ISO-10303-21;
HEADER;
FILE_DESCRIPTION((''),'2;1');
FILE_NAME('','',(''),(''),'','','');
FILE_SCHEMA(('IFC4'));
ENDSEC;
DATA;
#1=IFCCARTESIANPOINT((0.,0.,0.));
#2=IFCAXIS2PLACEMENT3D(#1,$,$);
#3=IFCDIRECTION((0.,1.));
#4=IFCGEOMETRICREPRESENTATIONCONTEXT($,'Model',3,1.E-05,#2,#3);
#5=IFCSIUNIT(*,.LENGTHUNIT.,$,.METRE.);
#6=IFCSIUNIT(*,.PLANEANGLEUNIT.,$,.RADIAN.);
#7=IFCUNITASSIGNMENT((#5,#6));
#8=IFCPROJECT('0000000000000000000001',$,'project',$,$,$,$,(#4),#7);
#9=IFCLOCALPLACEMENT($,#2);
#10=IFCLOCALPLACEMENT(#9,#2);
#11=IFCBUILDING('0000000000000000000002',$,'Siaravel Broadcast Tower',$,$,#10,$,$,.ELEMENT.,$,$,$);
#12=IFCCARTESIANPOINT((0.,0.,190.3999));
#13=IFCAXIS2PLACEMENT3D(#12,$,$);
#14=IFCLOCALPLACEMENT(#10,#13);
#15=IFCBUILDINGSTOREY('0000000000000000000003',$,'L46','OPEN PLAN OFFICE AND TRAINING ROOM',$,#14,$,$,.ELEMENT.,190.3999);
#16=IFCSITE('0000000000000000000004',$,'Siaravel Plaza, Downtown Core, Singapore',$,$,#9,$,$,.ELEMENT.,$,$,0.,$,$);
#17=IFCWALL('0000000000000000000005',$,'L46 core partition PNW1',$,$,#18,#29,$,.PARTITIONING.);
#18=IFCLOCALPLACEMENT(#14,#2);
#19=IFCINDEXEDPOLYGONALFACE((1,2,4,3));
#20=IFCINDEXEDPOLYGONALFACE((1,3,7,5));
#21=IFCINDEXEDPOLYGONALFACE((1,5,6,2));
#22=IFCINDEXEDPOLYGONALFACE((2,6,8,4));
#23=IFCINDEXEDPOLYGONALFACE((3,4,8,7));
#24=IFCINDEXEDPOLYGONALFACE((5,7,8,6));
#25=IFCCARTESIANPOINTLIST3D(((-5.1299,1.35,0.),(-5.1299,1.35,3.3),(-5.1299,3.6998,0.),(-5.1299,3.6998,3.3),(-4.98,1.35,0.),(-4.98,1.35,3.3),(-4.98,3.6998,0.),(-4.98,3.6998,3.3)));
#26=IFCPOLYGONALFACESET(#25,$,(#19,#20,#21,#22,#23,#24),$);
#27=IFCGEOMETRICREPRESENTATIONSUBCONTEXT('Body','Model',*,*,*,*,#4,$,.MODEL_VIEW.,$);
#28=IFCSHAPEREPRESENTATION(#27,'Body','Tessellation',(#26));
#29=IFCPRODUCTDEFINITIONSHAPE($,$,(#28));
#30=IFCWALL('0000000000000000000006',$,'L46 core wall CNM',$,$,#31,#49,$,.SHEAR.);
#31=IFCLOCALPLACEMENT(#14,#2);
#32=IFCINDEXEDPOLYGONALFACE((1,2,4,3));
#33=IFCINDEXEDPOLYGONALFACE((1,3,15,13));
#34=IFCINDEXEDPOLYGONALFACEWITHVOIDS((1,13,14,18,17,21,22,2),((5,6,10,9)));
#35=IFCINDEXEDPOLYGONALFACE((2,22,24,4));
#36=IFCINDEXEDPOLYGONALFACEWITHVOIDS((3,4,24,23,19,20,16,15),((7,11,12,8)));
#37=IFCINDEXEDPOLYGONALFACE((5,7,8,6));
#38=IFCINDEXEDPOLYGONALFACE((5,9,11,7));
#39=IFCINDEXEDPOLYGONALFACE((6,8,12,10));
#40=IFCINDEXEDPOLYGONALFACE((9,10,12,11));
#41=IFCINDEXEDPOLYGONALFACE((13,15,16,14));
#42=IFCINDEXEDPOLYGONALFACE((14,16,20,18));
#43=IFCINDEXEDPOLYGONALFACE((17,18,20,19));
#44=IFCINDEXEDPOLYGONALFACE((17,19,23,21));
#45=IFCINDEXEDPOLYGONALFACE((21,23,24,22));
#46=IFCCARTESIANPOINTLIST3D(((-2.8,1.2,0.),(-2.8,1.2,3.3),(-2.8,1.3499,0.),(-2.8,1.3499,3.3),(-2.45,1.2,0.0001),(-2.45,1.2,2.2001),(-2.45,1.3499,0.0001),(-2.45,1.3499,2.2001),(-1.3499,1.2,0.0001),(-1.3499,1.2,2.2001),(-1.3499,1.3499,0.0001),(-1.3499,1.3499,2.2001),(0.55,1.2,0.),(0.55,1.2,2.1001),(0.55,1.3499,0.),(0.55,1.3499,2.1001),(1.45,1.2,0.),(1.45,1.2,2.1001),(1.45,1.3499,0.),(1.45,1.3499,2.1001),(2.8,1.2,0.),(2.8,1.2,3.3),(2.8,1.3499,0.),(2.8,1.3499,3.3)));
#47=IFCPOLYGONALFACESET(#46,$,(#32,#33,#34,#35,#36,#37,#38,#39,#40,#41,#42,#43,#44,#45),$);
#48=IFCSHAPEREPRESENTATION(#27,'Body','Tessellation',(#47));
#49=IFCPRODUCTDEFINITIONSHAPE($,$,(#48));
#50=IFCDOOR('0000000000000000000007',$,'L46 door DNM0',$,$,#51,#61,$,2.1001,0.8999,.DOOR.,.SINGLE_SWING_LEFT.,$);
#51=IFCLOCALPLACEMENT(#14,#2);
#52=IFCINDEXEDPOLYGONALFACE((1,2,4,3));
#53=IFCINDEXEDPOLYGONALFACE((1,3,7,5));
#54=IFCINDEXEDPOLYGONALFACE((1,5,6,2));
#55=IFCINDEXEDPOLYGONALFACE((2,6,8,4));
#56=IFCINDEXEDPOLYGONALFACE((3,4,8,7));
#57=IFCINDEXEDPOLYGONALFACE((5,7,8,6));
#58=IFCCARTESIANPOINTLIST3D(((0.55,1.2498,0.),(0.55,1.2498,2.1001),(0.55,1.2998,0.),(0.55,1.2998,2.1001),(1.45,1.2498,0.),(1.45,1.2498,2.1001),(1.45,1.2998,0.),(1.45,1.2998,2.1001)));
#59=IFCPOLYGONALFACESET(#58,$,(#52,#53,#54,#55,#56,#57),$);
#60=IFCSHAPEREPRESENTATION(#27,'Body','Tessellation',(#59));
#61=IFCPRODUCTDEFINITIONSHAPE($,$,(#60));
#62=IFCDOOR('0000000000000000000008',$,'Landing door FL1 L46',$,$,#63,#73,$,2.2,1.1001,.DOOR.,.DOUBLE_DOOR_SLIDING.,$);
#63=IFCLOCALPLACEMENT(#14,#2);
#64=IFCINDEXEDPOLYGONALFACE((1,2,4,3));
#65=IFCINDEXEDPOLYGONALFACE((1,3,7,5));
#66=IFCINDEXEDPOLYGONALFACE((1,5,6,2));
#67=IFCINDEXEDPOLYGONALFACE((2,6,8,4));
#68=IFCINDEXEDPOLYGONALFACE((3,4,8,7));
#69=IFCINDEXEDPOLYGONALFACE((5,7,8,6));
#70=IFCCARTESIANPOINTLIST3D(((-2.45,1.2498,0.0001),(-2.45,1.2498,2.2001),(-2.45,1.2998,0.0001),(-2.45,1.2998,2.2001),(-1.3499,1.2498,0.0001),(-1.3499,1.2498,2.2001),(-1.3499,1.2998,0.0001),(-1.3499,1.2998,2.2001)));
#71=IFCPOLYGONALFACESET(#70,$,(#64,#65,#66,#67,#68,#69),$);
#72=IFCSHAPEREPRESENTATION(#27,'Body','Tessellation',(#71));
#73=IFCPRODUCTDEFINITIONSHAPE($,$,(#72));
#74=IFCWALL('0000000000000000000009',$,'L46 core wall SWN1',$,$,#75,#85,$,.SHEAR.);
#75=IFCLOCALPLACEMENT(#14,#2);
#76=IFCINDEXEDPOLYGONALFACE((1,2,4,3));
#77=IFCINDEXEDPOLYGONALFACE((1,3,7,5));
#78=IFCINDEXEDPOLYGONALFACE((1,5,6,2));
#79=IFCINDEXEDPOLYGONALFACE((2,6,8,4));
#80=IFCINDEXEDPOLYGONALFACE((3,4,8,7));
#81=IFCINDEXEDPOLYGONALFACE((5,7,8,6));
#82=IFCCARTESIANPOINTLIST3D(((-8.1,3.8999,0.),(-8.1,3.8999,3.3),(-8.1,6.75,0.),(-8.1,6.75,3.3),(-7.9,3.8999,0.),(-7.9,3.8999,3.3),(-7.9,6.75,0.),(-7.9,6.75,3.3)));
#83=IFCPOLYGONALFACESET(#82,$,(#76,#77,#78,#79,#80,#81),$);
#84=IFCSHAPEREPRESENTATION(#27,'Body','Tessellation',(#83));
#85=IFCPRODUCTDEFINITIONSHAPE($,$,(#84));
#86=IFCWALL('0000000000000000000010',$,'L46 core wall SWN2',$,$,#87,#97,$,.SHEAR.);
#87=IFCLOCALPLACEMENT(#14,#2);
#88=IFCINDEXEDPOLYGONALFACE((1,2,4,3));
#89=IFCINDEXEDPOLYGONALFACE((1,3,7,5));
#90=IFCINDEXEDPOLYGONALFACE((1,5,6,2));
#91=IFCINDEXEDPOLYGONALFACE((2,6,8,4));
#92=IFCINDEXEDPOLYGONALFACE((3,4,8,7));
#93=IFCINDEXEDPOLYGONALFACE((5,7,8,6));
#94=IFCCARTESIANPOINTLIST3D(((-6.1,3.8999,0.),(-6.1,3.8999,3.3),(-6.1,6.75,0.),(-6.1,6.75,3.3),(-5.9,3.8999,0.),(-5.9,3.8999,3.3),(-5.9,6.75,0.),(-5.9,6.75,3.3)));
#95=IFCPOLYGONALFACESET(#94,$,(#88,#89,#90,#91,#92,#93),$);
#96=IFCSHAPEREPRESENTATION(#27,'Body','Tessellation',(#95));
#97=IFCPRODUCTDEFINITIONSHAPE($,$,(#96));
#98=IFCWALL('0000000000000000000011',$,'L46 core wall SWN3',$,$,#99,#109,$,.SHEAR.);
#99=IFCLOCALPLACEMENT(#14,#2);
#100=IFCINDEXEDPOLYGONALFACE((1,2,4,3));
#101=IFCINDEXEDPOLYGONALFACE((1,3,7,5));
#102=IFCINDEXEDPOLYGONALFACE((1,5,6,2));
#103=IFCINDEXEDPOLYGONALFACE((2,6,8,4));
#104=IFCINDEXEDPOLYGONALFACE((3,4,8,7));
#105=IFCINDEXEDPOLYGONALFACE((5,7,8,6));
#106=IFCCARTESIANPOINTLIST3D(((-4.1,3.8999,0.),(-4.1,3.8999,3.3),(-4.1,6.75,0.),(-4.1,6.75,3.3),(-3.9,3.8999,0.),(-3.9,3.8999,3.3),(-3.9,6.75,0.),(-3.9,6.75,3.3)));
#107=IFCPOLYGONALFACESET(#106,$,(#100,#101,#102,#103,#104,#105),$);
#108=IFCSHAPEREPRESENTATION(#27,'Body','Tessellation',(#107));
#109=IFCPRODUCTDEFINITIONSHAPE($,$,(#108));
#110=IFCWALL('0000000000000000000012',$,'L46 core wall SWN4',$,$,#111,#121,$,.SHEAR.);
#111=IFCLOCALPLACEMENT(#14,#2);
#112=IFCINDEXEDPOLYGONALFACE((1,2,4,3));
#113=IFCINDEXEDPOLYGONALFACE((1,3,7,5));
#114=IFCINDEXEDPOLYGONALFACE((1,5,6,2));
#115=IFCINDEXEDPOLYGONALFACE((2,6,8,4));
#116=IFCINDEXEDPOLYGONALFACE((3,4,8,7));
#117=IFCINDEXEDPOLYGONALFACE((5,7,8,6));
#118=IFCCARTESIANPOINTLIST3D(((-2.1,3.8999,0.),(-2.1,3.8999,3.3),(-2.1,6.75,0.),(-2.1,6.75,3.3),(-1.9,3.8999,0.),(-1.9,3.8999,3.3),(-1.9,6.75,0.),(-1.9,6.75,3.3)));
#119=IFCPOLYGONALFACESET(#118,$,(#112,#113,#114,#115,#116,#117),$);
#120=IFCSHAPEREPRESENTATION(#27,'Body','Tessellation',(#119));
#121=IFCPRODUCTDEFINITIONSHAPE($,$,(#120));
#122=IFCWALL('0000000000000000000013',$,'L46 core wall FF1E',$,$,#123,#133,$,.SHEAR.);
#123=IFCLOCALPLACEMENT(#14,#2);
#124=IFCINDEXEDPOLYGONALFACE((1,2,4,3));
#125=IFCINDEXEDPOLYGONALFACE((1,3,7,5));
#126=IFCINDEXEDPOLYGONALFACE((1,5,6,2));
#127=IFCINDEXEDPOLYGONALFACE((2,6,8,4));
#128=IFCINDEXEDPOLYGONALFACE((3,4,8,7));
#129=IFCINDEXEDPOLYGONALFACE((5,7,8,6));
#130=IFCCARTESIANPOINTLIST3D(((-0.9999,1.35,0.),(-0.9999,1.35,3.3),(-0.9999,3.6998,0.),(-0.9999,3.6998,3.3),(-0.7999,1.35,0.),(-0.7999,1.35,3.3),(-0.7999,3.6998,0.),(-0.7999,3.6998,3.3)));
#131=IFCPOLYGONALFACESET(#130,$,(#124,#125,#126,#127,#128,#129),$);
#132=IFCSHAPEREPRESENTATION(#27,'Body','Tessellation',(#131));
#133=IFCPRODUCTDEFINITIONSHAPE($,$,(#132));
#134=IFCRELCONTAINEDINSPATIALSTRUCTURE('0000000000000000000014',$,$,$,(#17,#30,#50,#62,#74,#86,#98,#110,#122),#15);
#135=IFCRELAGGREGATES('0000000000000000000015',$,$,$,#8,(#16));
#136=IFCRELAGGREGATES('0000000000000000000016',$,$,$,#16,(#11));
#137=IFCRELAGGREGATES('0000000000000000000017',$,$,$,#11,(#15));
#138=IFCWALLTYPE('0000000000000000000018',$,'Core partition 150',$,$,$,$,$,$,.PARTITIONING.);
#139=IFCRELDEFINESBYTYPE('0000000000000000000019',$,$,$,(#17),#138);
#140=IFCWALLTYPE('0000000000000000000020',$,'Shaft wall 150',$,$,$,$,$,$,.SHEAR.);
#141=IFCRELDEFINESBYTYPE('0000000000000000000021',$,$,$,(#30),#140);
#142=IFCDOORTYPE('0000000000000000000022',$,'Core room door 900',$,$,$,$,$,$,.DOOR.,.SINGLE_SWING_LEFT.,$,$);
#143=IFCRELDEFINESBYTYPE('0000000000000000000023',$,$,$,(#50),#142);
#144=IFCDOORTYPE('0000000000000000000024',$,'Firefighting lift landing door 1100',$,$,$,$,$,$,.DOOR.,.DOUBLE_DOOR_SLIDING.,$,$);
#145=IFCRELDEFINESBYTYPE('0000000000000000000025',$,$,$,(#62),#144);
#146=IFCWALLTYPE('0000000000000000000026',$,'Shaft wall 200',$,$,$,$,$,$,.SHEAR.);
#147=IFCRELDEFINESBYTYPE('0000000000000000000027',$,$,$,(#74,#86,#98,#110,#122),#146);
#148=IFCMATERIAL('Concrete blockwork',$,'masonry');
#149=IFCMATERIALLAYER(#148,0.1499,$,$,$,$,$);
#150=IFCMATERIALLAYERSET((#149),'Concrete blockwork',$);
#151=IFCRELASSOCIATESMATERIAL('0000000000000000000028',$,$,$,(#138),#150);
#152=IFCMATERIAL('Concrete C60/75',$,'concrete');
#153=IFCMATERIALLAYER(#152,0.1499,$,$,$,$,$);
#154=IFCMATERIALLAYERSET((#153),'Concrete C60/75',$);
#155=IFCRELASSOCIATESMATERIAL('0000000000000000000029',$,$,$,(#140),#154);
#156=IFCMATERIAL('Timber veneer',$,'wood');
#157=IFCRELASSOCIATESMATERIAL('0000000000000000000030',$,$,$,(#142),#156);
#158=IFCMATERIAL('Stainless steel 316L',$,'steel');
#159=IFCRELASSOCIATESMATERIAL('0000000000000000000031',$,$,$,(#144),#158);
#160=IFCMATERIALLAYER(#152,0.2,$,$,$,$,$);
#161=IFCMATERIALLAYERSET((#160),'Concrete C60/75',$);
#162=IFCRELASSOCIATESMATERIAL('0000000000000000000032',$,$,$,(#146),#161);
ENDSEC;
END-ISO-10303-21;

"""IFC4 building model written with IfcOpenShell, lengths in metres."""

from ifc_helpers import new_model, si_unit, direction, frame, frame_2d, origin, place, context, subcontext, project, spatial, rectangle, extrude, material, layer, layer_set, type_object, element, fill, save


model = new_model("IFC4")

# Units and contexts
model_context = context("Model", 3, precision=1e-05, world=origin(), true_north=direction((0.0, 1.0)))
body_context = subcontext(model_context, "Body", "Model", "MODEL_VIEW")
ifc_project = project(units=[si_unit("LENGTHUNIT", "METRE"), si_unit("PLANEANGLEUNIT", "RADIAN")], contexts=[model_context])

# Site, building, storey
site_placement = place(None, origin())
site = spatial("IfcSite", under=ifc_project, at=site_placement, Name="Siaravel Plaza, Downtown Core, Singapore", CompositionType="ELEMENT", RefElevation=0.0)
building_placement = place(site_placement, origin())
building = spatial("IfcBuilding", under=site, at=building_placement, Name="Siaravel Broadcast Tower", CompositionType="ELEMENT")
storey_placement = place(building_placement, frame((0.0, 0.0, 190.3999)))
storey = spatial("IfcBuildingStorey", under=building, at=storey_placement, Name="L46", Description="OPEN PLAN OFFICE AND TRAINING ROOM", CompositionType="ELEMENT", Elevation=190.3999)

# Wall
ifc_material_1 = material(Name="Concrete blockwork", Category="masonry")
ifc_layer_1 = layer(ifc_material_1, 0.1499)
ifc_layer_set_1 = layer_set([ifc_layer_1], Name="Concrete blockwork")
wall_type_1 = type_object("IfcWallType", Name="Core partition 150", PredefinedType="PARTITIONING", material=ifc_layer_set_1)
wall_1_placement = place(storey_placement, frame((-5.0549, 1.3501, 0.0), z_axis=(0.0, 0.0, 1.0), x_axis=(0.0, 1.0, 0.0)))
element("IfcWall", 1, at=wall_1_placement, inside=storey, type_object=wall_type_1, Name="L46 core partition PNW1", PredefinedType="PARTITIONING", context=body_context, shape_type="SweptSolid", body=[
    extrude(rectangle(XDim=2.3499, YDim=0.1499, at=frame_2d((1.1748, 0.0))), origin(), (0.0, 0.0, 1.0), 3.3),
])

# Wall, openings, doors
ifc_material_2 = material(Name="Concrete C60/75", Category="concrete")
ifc_layer_2 = layer(ifc_material_2, 0.1499)
ifc_layer_set_2 = layer_set([ifc_layer_2], Name="Concrete C60/75")
wall_type_2 = type_object("IfcWallType", Name="Shaft wall 150", PredefinedType="SHEAR", material=ifc_layer_set_2)
wall_2_placement = place(storey_placement, frame((-2.8, 1.2749, 0.0), z_axis=(0.0, 0.0, 1.0), x_axis=(1.0, 0.0, 0.0)))
wall_2 = element("IfcWall", 2, at=wall_2_placement, inside=storey, type_object=wall_type_2, Name="L46 core wall CNM", PredefinedType="SHEAR", context=body_context, shape_type="SweptSolid", body=[
    extrude(rectangle(XDim=5.6001, YDim=0.1499, at=frame_2d((2.8, 0.0))), origin(), (0.0, 0.0, 1.0), 3.3),
])
opening_1_placement = place(wall_2_placement, frame((0.3501, 0.0, 0.0)))
opening_1 = element("IfcOpeningElement", 3, at=opening_1_placement, cuts=wall_2, PredefinedType="OPENING", context=body_context, shape_type="SweptSolid", body=[
    extrude(rectangle(XDim=1.1001, YDim=2.2, at=frame_2d((0.55, 1.1001))), frame((0.0, 0.085, 0.0), z_axis=(0.0, -1.0, 0.0), x_axis=(1.0, 0.0, 0.0)), (0.0, 0.0, 1.0), 0.1699),
])
opening_2_placement = place(wall_2_placement, frame((3.3501, 0.0, 0.0)))
opening_2 = element("IfcOpeningElement", 4, at=opening_2_placement, cuts=wall_2, PredefinedType="OPENING", context=body_context, shape_type="SweptSolid", body=[
    extrude(rectangle(XDim=0.8999, YDim=2.1001, at=frame_2d((0.45, 1.05))), frame((0.0, 0.085, 0.0), z_axis=(0.0, -1.0, 0.0), x_axis=(1.0, 0.0, 0.0)), (0.0, 0.0, 1.0), 0.1699),
])
ifc_material_3 = material(Name="Timber veneer", Category="wood")
door_type_1 = type_object("IfcDoorType", Name="Core room door 900", OperationType="SINGLE_SWING_LEFT", PredefinedType="DOOR", material=ifc_material_3)
door_1_placement = place(opening_2_placement, origin())
door_1 = element("IfcDoor", 5, at=door_1_placement, inside=storey, type_object=door_type_1, Name="L46 door DNM0", OperationType="SINGLE_SWING_LEFT", OverallHeight=2.1001, OverallWidth=0.8999, PredefinedType="DOOR", context=body_context, shape_type="SweptSolid", body=[
    extrude(rectangle(XDim=0.8999, YDim=2.1001, at=frame_2d((0.45, 1.05))), frame((0.0, 0.0249, 0.0), z_axis=(0.0, -1.0, 0.0), x_axis=(1.0, 0.0, 0.0)), (0.0, 0.0, 1.0), 0.05),
])
fill(opening_2, door_1)
ifc_material_4 = material(Name="Stainless steel 316L", Category="steel")
door_type_2 = type_object("IfcDoorType", Name="Firefighting lift landing door 1100", OperationType="DOUBLE_DOOR_SLIDING", PredefinedType="DOOR", material=ifc_material_4)
door_2_placement = place(opening_1_placement, origin())
door_2 = element("IfcDoor", 6, at=door_2_placement, inside=storey, type_object=door_type_2, Name="Landing door FL1 L46", OperationType="DOUBLE_DOOR_SLIDING", OverallHeight=2.2, OverallWidth=1.1001, PredefinedType="DOOR", context=body_context, shape_type="SweptSolid", body=[
    extrude(rectangle(XDim=1.1001, YDim=2.2, at=frame_2d((0.55, 1.1001))), frame((0.0, 0.0249, 0.0), z_axis=(0.0, -1.0, 0.0), x_axis=(1.0, 0.0, 0.0)), (0.0, 0.0, 1.0), 0.05),
])
fill(opening_1, door_2)

# Walls
ifc_layer_3 = layer(ifc_material_2, 0.2)
ifc_layer_set_3 = layer_set([ifc_layer_3], Name="Concrete C60/75")
wall_type_3 = type_object("IfcWallType", Name="Shaft wall 200", PredefinedType="SHEAR", material=ifc_layer_set_3)
for number, where, z_axis, x_axis, name in (
    (7, (-8.0, 3.8999, 0.0), (0.0, 0.0, 1.0), (0.0, 1.0, 0.0), "L46 core wall SWN1"),
    (8, (-6.0, 3.8999, 0.0), (0.0, 0.0, 1.0), (0.0, 1.0, 0.0), "L46 core wall SWN2"),
    (9, (-4.0, 3.8999, 0.0), (0.0, 0.0, 1.0), (0.0, 1.0, 0.0), "L46 core wall SWN3"),
    (10, (-2.0, 3.8999, 0.0), (0.0, 0.0, 1.0), (0.0, 1.0, 0.0), "L46 core wall SWN4"),
):
    element("IfcWall", number, at=place(storey_placement, frame(where, z_axis=z_axis, x_axis=x_axis)), inside=storey, type_object=wall_type_3, Name=name, PredefinedType="SHEAR", context=body_context, shape_type="SweptSolid", body=[
        extrude(rectangle(XDim=2.8501, YDim=0.2, at=frame_2d((1.425, 0.0))), origin(), (0.0, 0.0, 1.0), 3.3),
    ])
wall_3_placement = place(storey_placement, frame((-0.8999, 1.3501, 0.0), z_axis=(0.0, 0.0, 1.0), x_axis=(0.0, 1.0, 0.0)))
element("IfcWall", 11, at=wall_3_placement, inside=storey, type_object=wall_type_3, Name="L46 core wall FF1E", PredefinedType="SHEAR", context=body_context, shape_type="SweptSolid", body=[
    extrude(rectangle(XDim=2.3499, YDim=0.2, at=frame_2d((1.1748, 0.0))), origin(), (0.0, 0.0, 1.0), 3.3),
])

save(model, "model.ifc")
